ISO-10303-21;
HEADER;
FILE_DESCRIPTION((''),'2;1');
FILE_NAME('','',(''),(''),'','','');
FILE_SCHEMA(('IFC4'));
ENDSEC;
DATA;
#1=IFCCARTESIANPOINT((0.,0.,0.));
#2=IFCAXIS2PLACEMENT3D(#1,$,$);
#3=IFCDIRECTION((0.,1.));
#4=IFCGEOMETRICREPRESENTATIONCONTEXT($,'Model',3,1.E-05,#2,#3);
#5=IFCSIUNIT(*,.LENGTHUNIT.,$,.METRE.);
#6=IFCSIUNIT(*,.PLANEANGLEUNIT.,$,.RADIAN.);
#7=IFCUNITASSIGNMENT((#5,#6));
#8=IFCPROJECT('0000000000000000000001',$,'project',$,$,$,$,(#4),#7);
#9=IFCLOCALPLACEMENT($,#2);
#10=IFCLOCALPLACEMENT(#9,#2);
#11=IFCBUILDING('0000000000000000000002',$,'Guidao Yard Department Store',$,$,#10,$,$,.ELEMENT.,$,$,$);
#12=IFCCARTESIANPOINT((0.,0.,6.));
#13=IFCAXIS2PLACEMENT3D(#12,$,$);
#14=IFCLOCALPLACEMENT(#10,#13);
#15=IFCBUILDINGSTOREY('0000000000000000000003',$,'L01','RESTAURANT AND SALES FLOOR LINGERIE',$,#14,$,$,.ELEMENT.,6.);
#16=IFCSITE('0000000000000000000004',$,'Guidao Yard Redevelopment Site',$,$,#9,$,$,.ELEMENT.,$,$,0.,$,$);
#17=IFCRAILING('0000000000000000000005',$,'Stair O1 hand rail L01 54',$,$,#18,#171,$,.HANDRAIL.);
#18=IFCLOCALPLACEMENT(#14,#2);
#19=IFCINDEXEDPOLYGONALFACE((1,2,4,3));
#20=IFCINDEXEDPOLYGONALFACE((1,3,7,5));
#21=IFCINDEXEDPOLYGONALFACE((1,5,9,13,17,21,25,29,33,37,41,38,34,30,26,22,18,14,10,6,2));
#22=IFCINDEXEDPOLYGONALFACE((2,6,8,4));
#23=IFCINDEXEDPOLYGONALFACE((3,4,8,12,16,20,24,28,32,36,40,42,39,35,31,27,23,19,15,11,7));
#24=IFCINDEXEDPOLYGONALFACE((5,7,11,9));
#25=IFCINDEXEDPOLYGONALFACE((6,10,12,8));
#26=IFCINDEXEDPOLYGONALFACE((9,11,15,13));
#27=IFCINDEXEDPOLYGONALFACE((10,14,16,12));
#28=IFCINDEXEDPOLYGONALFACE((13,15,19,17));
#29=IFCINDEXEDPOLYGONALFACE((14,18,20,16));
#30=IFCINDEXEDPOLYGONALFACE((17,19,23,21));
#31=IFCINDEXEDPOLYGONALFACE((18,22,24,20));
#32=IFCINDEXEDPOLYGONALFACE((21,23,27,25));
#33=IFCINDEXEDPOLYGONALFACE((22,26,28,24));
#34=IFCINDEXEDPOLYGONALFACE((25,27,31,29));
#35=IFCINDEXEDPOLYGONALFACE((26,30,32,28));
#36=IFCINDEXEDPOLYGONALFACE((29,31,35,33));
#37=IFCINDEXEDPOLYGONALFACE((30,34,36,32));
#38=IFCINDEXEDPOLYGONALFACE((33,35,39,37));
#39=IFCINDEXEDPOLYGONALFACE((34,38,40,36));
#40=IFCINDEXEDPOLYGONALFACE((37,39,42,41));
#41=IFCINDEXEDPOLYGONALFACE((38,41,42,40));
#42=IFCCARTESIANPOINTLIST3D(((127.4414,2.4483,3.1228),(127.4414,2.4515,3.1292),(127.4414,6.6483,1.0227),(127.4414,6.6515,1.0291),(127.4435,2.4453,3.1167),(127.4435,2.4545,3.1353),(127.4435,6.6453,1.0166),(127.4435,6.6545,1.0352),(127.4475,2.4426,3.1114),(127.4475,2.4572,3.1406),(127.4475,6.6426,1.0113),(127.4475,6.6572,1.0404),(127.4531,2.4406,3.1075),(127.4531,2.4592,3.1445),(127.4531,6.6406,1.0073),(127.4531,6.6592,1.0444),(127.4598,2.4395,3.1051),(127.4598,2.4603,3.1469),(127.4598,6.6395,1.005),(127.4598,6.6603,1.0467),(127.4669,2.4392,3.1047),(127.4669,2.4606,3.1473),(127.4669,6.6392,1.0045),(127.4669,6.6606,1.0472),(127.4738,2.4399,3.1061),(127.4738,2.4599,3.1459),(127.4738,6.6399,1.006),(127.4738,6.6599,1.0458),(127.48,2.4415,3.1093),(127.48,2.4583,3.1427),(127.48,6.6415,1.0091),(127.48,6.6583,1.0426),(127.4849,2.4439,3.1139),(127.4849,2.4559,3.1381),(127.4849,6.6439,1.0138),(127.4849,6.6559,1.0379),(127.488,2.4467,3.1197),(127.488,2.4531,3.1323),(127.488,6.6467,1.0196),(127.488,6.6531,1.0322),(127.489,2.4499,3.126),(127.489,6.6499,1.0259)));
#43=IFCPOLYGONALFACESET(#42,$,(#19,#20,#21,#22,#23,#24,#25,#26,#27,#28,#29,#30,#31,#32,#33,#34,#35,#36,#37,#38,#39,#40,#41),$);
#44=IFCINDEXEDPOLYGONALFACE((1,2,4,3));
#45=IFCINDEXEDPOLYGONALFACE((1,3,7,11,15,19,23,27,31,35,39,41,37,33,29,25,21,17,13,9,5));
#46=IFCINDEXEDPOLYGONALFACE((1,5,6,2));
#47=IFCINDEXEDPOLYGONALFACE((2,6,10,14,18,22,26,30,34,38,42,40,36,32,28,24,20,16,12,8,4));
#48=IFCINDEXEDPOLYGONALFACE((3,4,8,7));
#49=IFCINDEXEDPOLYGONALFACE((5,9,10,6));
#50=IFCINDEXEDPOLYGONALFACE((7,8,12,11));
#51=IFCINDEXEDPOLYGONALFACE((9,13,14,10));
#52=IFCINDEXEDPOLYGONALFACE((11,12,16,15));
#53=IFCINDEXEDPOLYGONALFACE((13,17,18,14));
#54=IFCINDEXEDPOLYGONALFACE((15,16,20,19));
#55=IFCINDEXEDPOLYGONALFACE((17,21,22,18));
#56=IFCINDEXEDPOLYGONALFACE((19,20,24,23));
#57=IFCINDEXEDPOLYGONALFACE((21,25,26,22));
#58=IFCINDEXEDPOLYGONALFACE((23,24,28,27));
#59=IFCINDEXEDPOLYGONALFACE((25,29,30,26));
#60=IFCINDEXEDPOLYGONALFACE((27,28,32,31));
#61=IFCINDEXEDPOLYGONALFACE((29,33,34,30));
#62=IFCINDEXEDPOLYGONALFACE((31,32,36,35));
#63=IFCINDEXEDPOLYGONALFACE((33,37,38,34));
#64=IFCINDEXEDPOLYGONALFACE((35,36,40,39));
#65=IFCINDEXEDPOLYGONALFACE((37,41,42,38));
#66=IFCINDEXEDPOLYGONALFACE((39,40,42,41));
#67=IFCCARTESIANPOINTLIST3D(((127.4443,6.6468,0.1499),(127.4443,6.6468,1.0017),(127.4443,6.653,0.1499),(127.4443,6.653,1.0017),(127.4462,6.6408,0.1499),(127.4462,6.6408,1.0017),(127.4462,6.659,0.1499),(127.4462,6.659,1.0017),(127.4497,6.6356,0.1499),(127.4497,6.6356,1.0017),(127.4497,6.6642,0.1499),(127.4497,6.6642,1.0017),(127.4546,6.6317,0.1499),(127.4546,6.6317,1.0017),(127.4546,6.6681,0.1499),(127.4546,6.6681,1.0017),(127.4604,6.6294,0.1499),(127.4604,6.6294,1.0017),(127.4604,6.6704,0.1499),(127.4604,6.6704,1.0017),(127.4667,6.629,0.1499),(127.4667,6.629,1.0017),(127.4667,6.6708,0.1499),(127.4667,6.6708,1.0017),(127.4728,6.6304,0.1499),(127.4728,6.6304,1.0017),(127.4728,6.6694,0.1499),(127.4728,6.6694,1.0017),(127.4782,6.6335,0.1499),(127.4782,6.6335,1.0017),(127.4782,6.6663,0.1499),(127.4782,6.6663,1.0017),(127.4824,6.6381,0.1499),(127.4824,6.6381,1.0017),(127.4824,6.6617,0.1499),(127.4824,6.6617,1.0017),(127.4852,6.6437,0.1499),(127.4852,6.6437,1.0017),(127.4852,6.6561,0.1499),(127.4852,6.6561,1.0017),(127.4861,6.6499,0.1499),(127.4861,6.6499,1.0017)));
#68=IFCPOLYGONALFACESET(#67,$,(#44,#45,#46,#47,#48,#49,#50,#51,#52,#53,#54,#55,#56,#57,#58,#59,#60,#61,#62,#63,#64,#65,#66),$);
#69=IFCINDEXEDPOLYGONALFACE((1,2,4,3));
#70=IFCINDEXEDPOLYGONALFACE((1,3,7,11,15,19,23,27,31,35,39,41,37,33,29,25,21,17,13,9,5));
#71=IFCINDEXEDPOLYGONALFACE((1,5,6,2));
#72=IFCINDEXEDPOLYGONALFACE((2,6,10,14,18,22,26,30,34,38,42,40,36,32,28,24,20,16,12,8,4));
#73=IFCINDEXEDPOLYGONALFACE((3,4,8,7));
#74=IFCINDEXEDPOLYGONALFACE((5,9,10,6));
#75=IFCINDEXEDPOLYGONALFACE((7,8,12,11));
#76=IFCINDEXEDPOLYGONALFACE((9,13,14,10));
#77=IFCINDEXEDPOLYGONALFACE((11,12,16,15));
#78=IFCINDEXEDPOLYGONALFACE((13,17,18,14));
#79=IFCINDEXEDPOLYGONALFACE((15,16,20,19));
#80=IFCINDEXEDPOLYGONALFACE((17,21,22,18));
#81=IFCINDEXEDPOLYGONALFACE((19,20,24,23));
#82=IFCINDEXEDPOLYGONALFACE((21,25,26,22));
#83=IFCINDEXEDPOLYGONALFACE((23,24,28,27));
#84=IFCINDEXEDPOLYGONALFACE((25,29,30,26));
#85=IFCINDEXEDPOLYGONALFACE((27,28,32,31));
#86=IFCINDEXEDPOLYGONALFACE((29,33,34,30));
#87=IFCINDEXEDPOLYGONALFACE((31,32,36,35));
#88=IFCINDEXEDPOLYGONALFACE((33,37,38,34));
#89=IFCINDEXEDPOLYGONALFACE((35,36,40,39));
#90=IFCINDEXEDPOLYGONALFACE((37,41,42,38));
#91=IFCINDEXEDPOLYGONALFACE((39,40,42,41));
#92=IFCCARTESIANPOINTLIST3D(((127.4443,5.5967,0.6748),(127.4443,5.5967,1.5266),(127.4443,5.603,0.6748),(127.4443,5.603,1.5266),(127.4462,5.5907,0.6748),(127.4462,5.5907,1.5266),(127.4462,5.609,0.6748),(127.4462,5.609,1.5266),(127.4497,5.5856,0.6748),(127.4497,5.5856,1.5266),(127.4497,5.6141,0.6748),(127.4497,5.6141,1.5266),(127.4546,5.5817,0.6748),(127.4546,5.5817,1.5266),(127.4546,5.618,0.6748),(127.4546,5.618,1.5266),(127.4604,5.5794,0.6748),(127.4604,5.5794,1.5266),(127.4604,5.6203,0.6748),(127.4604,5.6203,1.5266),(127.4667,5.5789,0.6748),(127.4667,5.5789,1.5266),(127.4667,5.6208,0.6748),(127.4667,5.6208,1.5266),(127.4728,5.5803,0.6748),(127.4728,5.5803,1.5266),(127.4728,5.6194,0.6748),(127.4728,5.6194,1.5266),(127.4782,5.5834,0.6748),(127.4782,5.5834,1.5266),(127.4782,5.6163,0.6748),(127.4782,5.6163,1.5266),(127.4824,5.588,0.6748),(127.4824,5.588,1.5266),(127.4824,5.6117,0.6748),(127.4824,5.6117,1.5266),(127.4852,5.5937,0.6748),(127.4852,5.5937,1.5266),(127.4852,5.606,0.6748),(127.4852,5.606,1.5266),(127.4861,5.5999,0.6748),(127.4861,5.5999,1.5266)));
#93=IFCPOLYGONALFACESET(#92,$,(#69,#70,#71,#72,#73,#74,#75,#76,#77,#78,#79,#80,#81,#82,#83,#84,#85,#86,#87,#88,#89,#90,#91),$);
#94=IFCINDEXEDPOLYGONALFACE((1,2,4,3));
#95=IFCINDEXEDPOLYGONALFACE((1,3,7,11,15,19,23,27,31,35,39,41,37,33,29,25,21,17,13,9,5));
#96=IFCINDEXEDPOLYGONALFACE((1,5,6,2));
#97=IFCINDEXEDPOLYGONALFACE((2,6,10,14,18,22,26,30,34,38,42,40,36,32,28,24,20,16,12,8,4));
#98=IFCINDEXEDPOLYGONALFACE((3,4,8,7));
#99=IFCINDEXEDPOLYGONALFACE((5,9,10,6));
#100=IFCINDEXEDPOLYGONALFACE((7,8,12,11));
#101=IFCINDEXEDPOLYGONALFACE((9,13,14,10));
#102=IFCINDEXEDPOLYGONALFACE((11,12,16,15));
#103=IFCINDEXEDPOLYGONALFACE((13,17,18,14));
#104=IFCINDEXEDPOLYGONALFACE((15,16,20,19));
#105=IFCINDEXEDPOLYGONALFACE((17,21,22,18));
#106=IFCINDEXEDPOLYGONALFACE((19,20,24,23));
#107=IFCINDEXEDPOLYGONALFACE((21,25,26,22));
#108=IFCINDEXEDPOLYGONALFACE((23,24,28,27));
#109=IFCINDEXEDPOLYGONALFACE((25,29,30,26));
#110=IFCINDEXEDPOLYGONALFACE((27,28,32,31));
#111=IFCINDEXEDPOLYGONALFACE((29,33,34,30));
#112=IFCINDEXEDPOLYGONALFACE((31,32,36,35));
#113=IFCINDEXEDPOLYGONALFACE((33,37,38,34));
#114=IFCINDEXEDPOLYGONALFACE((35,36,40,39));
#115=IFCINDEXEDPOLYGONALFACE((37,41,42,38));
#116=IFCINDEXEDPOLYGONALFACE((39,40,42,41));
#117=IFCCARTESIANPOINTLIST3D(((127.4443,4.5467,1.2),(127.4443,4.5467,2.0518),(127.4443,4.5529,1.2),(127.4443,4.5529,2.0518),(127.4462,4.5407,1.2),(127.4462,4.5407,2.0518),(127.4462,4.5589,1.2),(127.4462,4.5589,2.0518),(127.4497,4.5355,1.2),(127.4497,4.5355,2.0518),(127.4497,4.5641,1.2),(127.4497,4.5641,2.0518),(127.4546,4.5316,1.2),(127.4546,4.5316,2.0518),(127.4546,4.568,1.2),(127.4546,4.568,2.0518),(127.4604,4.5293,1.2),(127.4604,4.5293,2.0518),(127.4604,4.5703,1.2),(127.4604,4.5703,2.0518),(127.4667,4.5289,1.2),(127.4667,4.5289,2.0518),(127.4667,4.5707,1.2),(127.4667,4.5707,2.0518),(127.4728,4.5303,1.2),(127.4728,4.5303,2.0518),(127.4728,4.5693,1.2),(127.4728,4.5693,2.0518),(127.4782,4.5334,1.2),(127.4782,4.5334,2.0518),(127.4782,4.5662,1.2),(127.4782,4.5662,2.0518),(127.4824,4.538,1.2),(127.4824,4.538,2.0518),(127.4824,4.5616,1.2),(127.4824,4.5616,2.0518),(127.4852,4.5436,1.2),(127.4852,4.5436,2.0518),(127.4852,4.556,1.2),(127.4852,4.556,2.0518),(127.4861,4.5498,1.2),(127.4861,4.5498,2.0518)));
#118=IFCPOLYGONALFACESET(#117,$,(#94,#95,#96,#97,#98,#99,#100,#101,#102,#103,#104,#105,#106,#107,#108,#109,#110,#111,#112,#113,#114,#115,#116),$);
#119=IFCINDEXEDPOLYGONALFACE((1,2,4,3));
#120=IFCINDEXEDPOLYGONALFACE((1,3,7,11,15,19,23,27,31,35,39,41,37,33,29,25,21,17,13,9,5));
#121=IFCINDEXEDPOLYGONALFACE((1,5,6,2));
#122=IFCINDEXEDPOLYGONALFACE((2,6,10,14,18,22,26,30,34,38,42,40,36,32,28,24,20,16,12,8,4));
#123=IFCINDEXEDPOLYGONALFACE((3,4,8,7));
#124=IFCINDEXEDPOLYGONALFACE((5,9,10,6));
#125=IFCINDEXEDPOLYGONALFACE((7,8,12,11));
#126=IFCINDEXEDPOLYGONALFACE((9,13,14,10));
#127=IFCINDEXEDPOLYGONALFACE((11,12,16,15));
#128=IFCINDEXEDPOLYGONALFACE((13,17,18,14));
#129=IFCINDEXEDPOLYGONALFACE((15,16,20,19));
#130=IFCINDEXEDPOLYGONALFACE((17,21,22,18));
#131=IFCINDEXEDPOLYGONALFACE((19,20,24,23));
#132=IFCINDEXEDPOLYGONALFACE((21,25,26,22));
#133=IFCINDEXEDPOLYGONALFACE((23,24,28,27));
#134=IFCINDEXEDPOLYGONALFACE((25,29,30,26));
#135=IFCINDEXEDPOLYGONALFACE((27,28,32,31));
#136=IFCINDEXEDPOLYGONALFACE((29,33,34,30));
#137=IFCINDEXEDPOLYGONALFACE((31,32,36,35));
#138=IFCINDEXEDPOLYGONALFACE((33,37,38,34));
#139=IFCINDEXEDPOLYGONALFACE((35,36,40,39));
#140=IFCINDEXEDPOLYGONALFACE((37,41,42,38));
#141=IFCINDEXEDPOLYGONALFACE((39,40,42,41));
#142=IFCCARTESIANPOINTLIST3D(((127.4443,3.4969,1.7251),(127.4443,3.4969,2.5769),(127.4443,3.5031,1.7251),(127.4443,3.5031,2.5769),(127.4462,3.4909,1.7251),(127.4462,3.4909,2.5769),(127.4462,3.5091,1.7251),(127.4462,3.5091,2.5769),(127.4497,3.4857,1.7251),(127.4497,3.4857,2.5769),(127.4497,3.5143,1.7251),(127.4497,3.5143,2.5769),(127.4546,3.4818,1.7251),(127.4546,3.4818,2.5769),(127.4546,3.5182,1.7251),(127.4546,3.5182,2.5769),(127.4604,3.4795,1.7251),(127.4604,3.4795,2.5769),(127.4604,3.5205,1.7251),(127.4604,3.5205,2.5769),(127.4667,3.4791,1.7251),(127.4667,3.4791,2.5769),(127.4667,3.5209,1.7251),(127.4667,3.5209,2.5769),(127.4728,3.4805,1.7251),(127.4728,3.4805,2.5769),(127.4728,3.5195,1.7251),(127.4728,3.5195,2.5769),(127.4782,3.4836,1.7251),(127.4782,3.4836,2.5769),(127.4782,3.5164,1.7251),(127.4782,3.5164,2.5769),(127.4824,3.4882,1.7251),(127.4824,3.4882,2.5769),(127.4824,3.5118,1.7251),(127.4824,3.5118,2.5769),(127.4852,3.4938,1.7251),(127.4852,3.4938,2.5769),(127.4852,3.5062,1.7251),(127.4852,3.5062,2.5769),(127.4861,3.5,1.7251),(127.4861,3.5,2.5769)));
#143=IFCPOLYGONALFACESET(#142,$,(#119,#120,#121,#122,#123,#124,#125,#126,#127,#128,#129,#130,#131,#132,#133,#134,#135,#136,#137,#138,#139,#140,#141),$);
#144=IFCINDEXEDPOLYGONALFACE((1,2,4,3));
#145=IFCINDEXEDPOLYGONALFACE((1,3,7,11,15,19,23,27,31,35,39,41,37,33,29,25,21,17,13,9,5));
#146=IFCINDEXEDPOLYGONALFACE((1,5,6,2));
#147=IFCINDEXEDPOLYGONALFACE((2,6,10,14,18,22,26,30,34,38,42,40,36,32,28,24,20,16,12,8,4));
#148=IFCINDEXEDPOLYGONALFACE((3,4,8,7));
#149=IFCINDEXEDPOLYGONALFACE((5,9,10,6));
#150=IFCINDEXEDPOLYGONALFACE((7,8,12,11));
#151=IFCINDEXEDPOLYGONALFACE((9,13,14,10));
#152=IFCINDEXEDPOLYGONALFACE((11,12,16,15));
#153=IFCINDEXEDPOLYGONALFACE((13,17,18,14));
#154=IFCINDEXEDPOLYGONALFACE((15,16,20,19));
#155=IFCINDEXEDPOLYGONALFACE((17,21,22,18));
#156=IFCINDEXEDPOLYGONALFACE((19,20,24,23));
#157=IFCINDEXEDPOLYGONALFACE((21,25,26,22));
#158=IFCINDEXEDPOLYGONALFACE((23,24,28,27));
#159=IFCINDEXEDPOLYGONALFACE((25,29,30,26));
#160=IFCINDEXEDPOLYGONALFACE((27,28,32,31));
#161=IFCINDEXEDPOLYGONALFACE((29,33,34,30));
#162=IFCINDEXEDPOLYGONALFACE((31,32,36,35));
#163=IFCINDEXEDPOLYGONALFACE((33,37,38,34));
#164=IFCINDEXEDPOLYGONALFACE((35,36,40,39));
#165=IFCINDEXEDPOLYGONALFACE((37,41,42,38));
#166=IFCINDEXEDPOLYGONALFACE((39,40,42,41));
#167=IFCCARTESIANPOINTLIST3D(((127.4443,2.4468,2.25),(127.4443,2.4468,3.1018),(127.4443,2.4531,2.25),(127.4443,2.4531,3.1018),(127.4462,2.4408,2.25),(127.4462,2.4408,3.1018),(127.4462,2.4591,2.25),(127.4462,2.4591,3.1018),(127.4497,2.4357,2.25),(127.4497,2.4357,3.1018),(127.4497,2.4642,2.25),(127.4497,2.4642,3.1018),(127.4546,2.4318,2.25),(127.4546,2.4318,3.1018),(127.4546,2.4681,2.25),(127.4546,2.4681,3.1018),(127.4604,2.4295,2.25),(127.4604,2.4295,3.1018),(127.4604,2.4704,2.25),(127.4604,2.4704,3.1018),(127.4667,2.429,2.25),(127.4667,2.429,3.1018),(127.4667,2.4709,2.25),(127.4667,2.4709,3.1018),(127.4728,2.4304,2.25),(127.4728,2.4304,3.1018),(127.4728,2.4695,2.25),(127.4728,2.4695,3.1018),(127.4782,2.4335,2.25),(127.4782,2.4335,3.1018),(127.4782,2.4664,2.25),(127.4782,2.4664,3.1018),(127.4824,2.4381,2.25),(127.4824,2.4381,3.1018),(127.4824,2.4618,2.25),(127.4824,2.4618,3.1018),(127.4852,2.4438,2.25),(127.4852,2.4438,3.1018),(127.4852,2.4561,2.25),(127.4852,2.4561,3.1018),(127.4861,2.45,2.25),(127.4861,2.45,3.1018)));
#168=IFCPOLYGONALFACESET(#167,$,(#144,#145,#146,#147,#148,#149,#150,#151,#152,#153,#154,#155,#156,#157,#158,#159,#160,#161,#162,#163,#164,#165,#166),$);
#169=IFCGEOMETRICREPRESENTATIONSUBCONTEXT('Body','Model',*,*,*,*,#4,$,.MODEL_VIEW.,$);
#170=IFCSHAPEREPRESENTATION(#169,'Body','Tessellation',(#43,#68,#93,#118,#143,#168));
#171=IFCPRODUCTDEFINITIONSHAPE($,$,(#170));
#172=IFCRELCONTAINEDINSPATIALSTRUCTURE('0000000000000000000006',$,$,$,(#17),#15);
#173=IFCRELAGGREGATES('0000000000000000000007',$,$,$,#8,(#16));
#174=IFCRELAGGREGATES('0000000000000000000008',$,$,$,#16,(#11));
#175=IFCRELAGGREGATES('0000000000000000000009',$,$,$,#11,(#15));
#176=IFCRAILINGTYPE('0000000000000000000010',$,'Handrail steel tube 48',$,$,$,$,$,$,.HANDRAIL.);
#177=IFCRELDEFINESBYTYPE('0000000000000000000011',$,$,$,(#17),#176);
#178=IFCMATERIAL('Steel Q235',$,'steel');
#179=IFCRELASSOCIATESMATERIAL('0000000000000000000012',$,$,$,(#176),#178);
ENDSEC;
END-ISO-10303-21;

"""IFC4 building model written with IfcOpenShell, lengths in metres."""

from ifc_helpers import new_model, si_unit, direction, frame, origin, origin_2d, place, context, subcontext, project, spatial, circle, extrude, material, type_object, element, save


model = new_model("IFC4")

# Units and contexts
model_context = context("Model", 3, precision=1e-05, world=origin(), true_north=direction((0.0, 1.0)))
body_context = subcontext(model_context, "Body", "Model", "MODEL_VIEW")
ifc_project = project(units=[si_unit("LENGTHUNIT", "METRE"), si_unit("PLANEANGLEUNIT", "RADIAN")], contexts=[model_context])

# Site, building, storey
site_placement = place(None, origin())
site = spatial("IfcSite", under=ifc_project, at=site_placement, Name="Guidao Yard Redevelopment Site", CompositionType="ELEMENT", RefElevation=0.0)
building_placement = place(site_placement, origin())
building = spatial("IfcBuilding", under=site, at=building_placement, Name="Guidao Yard Department Store", CompositionType="ELEMENT")
storey_placement = place(building_placement, frame((0.0, 0.0, 6.0)))
storey = spatial("IfcBuildingStorey", under=building, at=storey_placement, Name="L01", Description="RESTAURANT AND SALES FLOOR LINGERIE", CompositionType="ELEMENT", Elevation=6.0)

# Railing
ifc_material_1 = material(Name="Steel Q235", Category="steel")
railing_type_1 = type_object("IfcRailingType", Name="Handrail steel tube 48", PredefinedType="HANDRAIL", material=ifc_material_1)
for number, where, name in (
    (1, (127.4651, 6.6499, 0.1499), "Stair O1 hand rail L01 54"),
):
    element("IfcRailing", number, at=place(storey_placement, frame(where)), inside=storey, type_object=railing_type_1, Name=name, PredefinedType="HANDRAIL", context=body_context, shape_type="SweptSolid", body=[
        extrude(circle(Radius=0.0239, at=origin_2d()), frame((0.0, 0.0, 0.876), z_axis=(0.0, -0.894417, 0.447234), x_axis=(1.0, 0.0, 0.0)), (0.0, 0.0, 1.0), 4.6958),
        extrude(circle(Radius=0.021, at=origin_2d()), origin(), (0.0, 0.0, 1.0), 0.8518),
        extrude(circle(Radius=0.021, at=origin_2d()), frame((0.0, -1.05, 0.5249)), (0.0, 0.0, 1.0), 0.8518),
        extrude(circle(Radius=0.021, at=origin_2d()), frame((0.0, -2.1001, 1.05)), (0.0, 0.0, 1.0), 0.8518),
        extrude(circle(Radius=0.021, at=origin_2d()), frame((0.0, -3.1499, 1.5752)), (0.0, 0.0, 1.0), 0.8518),
        extrude(circle(Radius=0.021, at=origin_2d()), frame((0.0, -4.2, 2.1001)), (0.0, 0.0, 1.0), 0.8518),
    ])

save(model, "model.ifc")
